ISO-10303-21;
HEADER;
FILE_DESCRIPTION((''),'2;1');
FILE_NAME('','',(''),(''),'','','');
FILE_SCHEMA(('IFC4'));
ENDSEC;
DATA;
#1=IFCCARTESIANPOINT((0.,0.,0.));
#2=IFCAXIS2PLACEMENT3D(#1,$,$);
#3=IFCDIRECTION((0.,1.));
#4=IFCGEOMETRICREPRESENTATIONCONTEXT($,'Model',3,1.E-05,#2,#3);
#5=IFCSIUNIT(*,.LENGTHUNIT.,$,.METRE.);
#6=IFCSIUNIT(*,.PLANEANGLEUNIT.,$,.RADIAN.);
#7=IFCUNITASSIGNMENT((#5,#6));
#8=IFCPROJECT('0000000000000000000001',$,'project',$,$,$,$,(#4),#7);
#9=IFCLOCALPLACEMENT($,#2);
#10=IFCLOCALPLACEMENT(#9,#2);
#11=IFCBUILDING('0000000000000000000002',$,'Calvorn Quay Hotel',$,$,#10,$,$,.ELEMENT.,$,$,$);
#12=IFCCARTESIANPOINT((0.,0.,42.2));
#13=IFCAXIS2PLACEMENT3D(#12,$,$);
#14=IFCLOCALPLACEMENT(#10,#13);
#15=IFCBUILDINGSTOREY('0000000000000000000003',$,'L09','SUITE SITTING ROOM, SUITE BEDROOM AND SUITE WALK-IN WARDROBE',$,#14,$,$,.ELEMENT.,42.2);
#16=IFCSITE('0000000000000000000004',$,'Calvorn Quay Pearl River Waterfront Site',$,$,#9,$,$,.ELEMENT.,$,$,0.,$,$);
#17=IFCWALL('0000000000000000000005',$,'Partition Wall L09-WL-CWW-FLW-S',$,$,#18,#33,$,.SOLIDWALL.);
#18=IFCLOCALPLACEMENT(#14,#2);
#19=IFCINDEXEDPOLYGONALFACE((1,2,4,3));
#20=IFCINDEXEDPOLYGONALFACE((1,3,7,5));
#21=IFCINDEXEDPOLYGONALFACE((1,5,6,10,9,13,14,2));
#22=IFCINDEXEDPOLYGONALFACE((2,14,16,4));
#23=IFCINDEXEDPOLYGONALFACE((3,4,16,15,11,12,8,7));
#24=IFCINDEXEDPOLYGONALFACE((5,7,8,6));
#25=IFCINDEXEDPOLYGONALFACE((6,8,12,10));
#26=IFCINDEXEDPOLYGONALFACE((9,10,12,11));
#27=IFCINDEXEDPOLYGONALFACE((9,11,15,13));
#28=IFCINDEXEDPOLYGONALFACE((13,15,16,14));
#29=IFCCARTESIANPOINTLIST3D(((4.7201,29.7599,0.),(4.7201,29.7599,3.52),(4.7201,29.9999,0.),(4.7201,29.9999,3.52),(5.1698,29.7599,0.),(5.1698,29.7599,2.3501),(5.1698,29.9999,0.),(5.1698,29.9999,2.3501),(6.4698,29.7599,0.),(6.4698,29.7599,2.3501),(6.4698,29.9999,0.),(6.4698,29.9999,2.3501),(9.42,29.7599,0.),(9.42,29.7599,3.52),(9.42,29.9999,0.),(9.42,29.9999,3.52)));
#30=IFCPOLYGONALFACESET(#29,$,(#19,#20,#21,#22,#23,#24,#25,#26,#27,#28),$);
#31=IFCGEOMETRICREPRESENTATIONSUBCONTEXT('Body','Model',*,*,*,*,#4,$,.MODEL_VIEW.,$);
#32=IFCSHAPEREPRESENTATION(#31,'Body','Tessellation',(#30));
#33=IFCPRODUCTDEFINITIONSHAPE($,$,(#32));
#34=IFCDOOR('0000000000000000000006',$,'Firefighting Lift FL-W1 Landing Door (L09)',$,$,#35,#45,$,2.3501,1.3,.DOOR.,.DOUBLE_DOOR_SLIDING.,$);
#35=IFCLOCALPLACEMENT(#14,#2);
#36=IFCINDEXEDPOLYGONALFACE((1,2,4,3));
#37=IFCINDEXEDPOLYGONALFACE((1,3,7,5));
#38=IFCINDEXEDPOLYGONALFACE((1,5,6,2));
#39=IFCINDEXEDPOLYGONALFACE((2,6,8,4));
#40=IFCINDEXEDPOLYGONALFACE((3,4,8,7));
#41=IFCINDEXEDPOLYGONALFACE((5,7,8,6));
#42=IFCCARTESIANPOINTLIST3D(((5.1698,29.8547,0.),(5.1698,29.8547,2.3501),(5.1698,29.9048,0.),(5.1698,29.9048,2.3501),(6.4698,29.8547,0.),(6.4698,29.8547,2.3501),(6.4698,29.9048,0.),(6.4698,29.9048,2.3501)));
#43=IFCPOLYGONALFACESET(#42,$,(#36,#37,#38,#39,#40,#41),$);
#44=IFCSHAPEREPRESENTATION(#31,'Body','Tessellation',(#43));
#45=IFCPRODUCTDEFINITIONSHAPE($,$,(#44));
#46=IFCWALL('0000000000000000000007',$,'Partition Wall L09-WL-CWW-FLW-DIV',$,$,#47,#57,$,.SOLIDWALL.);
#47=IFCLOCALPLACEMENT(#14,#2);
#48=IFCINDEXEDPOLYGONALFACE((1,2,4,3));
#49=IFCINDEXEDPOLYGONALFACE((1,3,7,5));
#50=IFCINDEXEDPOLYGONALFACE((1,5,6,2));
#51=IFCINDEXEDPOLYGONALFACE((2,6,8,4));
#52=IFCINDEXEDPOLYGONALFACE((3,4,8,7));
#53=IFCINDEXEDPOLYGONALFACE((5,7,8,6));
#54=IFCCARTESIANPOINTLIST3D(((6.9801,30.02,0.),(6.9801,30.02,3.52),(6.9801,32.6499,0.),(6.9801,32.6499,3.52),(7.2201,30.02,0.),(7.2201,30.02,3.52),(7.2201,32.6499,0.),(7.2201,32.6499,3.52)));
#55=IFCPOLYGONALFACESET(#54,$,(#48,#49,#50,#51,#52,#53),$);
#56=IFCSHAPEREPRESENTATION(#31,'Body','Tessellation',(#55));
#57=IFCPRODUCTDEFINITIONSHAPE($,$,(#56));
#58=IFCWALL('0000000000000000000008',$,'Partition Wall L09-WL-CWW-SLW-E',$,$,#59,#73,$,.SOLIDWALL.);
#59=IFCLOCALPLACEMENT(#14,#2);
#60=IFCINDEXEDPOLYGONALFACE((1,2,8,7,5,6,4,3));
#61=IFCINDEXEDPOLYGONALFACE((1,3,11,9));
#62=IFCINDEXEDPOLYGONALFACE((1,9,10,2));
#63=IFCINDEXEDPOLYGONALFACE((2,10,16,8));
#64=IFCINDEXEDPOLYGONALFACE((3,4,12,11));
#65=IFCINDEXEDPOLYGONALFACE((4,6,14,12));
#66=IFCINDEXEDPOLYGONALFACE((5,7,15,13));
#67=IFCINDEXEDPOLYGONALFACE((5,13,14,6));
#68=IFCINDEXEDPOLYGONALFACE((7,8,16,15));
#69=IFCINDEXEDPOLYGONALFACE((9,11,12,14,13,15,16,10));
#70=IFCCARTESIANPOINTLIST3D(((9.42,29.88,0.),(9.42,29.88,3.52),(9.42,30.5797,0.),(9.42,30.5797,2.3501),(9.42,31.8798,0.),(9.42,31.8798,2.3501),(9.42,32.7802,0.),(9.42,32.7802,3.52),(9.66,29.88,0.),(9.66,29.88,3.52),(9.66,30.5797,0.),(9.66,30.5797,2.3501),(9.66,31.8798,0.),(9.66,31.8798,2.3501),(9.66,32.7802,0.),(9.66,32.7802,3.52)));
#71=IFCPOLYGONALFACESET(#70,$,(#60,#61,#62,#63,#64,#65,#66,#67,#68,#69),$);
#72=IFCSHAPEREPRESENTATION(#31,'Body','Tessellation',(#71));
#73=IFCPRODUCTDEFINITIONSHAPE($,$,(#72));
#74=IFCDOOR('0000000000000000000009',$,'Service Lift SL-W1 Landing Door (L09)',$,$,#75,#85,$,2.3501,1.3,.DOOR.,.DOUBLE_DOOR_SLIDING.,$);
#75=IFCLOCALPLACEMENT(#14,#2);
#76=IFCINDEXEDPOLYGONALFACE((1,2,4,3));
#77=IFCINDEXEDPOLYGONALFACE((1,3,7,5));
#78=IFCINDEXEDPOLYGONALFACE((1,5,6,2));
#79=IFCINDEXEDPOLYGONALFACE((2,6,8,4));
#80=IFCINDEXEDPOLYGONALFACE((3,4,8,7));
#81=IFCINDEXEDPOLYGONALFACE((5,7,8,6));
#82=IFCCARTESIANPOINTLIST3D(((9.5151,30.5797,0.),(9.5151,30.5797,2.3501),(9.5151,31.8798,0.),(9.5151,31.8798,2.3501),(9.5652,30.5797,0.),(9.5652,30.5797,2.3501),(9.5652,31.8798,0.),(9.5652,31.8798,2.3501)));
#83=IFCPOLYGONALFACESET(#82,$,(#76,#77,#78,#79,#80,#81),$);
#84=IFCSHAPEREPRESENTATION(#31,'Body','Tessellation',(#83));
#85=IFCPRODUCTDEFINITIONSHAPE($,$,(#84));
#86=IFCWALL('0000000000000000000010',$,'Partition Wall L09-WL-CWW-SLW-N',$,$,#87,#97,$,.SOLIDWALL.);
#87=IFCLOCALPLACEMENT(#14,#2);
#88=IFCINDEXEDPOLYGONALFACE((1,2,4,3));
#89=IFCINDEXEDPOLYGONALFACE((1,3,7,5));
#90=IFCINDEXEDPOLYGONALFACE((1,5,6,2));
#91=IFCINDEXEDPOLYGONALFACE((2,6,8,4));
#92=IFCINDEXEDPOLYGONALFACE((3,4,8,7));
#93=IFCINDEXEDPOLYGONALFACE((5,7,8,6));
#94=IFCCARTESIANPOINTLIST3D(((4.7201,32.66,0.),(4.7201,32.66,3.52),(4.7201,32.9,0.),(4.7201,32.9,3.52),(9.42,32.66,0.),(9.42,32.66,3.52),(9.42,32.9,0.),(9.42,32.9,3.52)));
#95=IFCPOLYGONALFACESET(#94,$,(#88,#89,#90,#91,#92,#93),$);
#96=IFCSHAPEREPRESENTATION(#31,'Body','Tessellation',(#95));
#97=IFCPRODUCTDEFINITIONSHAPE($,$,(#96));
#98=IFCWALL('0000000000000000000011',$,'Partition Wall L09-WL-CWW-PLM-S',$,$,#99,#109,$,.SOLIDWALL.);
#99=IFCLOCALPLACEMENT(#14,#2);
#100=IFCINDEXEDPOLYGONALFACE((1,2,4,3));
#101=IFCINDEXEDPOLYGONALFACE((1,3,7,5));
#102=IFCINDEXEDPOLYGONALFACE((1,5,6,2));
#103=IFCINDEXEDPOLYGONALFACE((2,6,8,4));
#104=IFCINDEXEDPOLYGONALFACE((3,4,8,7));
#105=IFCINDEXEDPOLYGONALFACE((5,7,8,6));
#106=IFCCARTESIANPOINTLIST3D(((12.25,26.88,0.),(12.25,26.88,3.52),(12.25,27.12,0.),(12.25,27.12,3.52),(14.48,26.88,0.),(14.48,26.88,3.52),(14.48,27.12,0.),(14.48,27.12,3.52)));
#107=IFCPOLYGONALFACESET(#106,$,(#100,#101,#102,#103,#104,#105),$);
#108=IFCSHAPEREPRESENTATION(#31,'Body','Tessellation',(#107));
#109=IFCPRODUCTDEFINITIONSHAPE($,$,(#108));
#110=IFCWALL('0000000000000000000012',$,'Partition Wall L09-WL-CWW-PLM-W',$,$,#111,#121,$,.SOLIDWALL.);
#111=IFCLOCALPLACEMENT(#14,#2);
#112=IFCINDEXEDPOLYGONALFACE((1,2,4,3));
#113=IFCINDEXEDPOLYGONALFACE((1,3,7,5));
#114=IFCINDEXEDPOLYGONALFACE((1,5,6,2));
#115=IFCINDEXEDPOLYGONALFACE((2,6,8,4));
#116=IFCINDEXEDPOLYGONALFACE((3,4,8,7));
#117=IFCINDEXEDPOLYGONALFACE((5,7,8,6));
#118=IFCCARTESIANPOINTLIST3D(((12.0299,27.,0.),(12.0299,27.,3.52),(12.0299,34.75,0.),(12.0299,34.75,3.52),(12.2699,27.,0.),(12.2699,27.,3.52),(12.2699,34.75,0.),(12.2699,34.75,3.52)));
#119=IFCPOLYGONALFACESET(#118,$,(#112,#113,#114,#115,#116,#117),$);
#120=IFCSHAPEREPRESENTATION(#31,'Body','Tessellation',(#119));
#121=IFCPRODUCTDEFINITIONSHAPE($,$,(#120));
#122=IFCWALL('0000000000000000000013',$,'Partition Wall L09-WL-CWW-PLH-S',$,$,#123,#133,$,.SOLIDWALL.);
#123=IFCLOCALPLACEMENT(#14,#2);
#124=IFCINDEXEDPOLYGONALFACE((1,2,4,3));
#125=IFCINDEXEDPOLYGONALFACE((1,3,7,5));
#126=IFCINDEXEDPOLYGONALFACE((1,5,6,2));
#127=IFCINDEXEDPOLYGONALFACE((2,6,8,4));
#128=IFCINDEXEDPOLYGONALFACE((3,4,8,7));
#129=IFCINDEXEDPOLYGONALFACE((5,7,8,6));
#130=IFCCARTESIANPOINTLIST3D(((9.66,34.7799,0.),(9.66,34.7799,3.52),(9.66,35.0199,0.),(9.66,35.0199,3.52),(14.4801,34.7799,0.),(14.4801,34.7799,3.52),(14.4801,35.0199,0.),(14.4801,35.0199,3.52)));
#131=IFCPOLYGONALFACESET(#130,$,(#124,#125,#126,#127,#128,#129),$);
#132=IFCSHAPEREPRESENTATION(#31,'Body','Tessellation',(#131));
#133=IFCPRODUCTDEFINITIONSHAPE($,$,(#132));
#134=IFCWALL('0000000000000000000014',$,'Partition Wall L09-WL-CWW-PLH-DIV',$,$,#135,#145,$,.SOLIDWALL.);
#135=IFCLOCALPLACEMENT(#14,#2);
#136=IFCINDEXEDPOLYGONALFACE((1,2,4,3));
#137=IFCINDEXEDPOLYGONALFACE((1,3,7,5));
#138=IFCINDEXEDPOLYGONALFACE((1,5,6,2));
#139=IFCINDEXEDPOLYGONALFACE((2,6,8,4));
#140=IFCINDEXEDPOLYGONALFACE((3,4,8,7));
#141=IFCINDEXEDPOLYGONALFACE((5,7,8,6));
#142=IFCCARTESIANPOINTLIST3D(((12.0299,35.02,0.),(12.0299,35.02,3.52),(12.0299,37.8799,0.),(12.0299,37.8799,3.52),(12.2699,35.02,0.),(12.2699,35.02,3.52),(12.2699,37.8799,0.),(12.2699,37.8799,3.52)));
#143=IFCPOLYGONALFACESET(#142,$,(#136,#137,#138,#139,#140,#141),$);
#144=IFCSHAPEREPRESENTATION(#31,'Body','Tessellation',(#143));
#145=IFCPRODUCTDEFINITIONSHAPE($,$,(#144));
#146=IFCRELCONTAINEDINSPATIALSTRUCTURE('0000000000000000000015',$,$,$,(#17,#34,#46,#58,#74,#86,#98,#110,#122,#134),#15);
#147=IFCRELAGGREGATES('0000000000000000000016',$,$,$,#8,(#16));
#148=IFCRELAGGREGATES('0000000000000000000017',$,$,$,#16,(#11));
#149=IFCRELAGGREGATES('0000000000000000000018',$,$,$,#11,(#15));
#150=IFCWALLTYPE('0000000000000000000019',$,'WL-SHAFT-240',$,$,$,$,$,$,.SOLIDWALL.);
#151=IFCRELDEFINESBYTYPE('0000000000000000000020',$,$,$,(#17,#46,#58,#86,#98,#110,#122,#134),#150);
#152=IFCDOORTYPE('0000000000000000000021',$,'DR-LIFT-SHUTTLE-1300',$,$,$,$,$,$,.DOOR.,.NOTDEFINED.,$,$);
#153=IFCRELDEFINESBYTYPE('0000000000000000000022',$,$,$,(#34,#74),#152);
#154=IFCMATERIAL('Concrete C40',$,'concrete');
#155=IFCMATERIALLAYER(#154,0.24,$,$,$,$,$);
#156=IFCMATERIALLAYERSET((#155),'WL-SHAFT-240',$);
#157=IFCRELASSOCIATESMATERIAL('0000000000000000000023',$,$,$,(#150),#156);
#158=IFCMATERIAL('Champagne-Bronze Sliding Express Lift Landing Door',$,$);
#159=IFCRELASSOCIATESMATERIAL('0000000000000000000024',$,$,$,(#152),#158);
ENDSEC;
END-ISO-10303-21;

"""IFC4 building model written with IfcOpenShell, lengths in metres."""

from ifc_helpers import new_model, si_unit, direction, frame, frame_2d, origin, place, context, subcontext, project, spatial, rectangle, extrude, material, layer, layer_set, type_object, element, fill, save


model = new_model("IFC4")

# Units and contexts
model_context = context("Model", 3, precision=1e-05, world=origin(), true_north=direction((0.0, 1.0)))
body_context = subcontext(model_context, "Body", "Model", "MODEL_VIEW")
ifc_project = project(units=[si_unit("LENGTHUNIT", "METRE"), si_unit("PLANEANGLEUNIT", "RADIAN")], contexts=[model_context])

# Site, building, storey
site_placement = place(None, origin())
site = spatial("IfcSite", under=ifc_project, at=site_placement, Name="Calvorn Quay Pearl River Waterfront Site", CompositionType="ELEMENT", RefElevation=0.0)
building_placement = place(site_placement, origin())
building = spatial("IfcBuilding", under=site, at=building_placement, Name="Calvorn Quay Hotel", CompositionType="ELEMENT")
storey_placement = place(building_placement, frame((0.0, 0.0, 42.2)))
storey = spatial("IfcBuildingStorey", under=building, at=storey_placement, Name="L09", Description="SUITE SITTING ROOM, SUITE BEDROOM AND SUITE WALK-IN WARDROBE", CompositionType="ELEMENT", Elevation=42.2)

# Shared definitions
ifc_material_1 = material(Name="Concrete C40", Category="concrete")
ifc_layer_1 = layer(ifc_material_1, 0.24)
ifc_layer_set_1 = layer_set([ifc_layer_1], Name="WL-SHAFT-240")
wall_type_1 = type_object("IfcWallType", Name="WL-SHAFT-240", PredefinedType="SOLIDWALL", material=ifc_layer_set_1)

# Wall, opening, door
wall_1_placement = place(storey_placement, frame((4.72, 29.8799, 0.0), z_axis=(0.0, 0.0, 1.0), x_axis=(1.0, 0.0, 0.0)))
wall_1 = element("IfcWall", 1, at=wall_1_placement, inside=storey, type_object=wall_type_1, Name="Partition Wall L09-WL-CWW-FLW-S", PredefinedType="SOLIDWALL", context=body_context, shape_type="SweptSolid", body=[
    extrude(rectangle(XDim=4.7, YDim=0.24, at=frame_2d((2.3501, 0.0))), origin(), (0.0, 0.0, 1.0), 3.52),
])
opening_1_placement = place(wall_1_placement, frame((0.45, 0.0, 0.0)))
opening_1 = element("IfcOpeningElement", 2, at=opening_1_placement, cuts=wall_1, PredefinedType="OPENING", context=body_context, shape_type="SweptSolid", body=[
    extrude(rectangle(XDim=1.3, YDim=2.3501, at=frame_2d((0.6499, 1.175))), frame((0.0, 0.1299, 0.0), z_axis=(0.0, -1.0, 0.0), x_axis=(1.0, 0.0, 0.0)), (0.0, 0.0, 1.0), 0.26),
])
ifc_material_2 = material(Name="Champagne-Bronze Sliding Express Lift Landing Door")
door_type_1 = type_object("IfcDoorType", Name="DR-LIFT-SHUTTLE-1300", OperationType="NOTDEFINED", PredefinedType="DOOR", material=ifc_material_2)
door_1_placement = place(opening_1_placement, origin())
door_1 = element("IfcDoor", 3, at=door_1_placement, inside=storey, type_object=door_type_1, Name="Firefighting Lift FL-W1 Landing Door (L09)", OperationType="DOUBLE_DOOR_SLIDING", OverallHeight=2.3501, OverallWidth=1.3, PredefinedType="DOOR", context=body_context, shape_type="SweptSolid", body=[
    extrude(rectangle(XDim=1.3, YDim=2.3501, at=frame_2d((0.6499, 1.175))), frame((0.0, 0.0249, 0.0), z_axis=(0.0, -1.0, 0.0), x_axis=(1.0, 0.0, 0.0)), (0.0, 0.0, 1.0), 0.05),
])
fill(opening_1, door_1)

# Wall
wall_2_placement = place(storey_placement, frame((7.1001, 30.02, 0.0), z_axis=(0.0, 0.0, 1.0), x_axis=(0.0, 1.0, 0.0)))
element("IfcWall", 4, at=wall_2_placement, inside=storey, type_object=wall_type_1, Name="Partition Wall L09-WL-CWW-FLW-DIV", PredefinedType="SOLIDWALL", context=body_context, shape_type="SweptSolid", body=[
    extrude(rectangle(XDim=2.6299, YDim=0.24, at=frame_2d((1.3149, 0.0))), origin(), (0.0, 0.0, 1.0), 3.52),
])

# Wall, opening, door
wall_3_placement = place(storey_placement, frame((9.54, 29.8799, 0.0), z_axis=(0.0, 0.0, 1.0), x_axis=(0.0, 1.0, 0.0)))
wall_3 = element("IfcWall", 5, at=wall_3_placement, inside=storey, type_object=wall_type_1, Name="Partition Wall L09-WL-CWW-SLW-E", PredefinedType="SOLIDWALL", context=body_context, shape_type="SweptSolid", body=[
    extrude(rectangle(XDim=2.9001, YDim=0.24, at=frame_2d((1.4502, 0.0))), origin(), (0.0, 0.0, 1.0), 3.52),
])
opening_2_placement = place(wall_3_placement, frame((0.7, 0.0, 0.0)))
opening_2 = element("IfcOpeningElement", 6, at=opening_2_placement, cuts=wall_3, PredefinedType="OPENING", context=body_context, shape_type="SweptSolid", body=[
    extrude(rectangle(XDim=1.3, YDim=2.3501, at=frame_2d((0.6499, 1.175))), frame((0.0, 0.1299, 0.0), z_axis=(0.0, -1.0, 0.0), x_axis=(1.0, 0.0, 0.0)), (0.0, 0.0, 1.0), 0.26),
])
door_2_placement = place(opening_2_placement, origin())
door_2 = element("IfcDoor", 7, at=door_2_placement, inside=storey, type_object=door_type_1, Name="Service Lift SL-W1 Landing Door (L09)", OperationType="DOUBLE_DOOR_SLIDING", OverallHeight=2.3501, OverallWidth=1.3, PredefinedType="DOOR", context=body_context, shape_type="SweptSolid", body=[
    extrude(rectangle(XDim=1.3, YDim=2.3501, at=frame_2d((0.6499, 1.175))), frame((0.0, 0.0249, 0.0), z_axis=(0.0, -1.0, 0.0), x_axis=(1.0, 0.0, 0.0)), (0.0, 0.0, 1.0), 0.05),
])
fill(opening_2, door_2)

# Walls
wall_4_placement = place(storey_placement, frame((4.72, 32.78, 0.0), z_axis=(0.0, 0.0, 1.0), x_axis=(1.0, 0.0, 0.0)))
element("IfcWall", 8, at=wall_4_placement, inside=storey, type_object=wall_type_1, Name="Partition Wall L09-WL-CWW-SLW-N", PredefinedType="SOLIDWALL", context=body_context, shape_type="SweptSolid", body=[
    extrude(rectangle(XDim=4.7, YDim=0.24, at=frame_2d((2.3501, 0.0))), origin(), (0.0, 0.0, 1.0), 3.52),
])
wall_5_placement = place(storey_placement, frame((12.25, 27.0, 0.0), z_axis=(0.0, 0.0, 1.0), x_axis=(1.0, 0.0, 0.0)))
element("IfcWall", 9, at=wall_5_placement, inside=storey, type_object=wall_type_1, Name="Partition Wall L09-WL-CWW-PLM-S", PredefinedType="SOLIDWALL", context=body_context, shape_type="SweptSolid", body=[
    extrude(rectangle(XDim=2.23, YDim=0.24, at=frame_2d((1.115, 0.0))), origin(), (0.0, 0.0, 1.0), 3.52),
])
wall_6_placement = place(storey_placement, frame((12.1499, 27.0, 0.0), z_axis=(0.0, 0.0, 1.0), x_axis=(0.0, 1.0, 0.0)))
element("IfcWall", 10, at=wall_6_placement, inside=storey, type_object=wall_type_1, Name="Partition Wall L09-WL-CWW-PLM-W", PredefinedType="SOLIDWALL", context=body_context, shape_type="SweptSolid", body=[
    extrude(rectangle(XDim=7.75, YDim=0.24, at=frame_2d((3.875, 0.0))), origin(), (0.0, 0.0, 1.0), 3.52),
])
wall_7_placement = place(storey_placement, frame((9.6599, 34.8999, 0.0), z_axis=(0.0, 0.0, 1.0), x_axis=(1.0, 0.0, 0.0)))
element("IfcWall", 11, at=wall_7_placement, inside=storey, type_object=wall_type_1, Name="Partition Wall L09-WL-CWW-PLH-S", PredefinedType="SOLIDWALL", context=body_context, shape_type="SweptSolid", body=[
    extrude(rectangle(XDim=4.8201, YDim=0.24, at=frame_2d((2.4102, 0.0))), origin(), (0.0, 0.0, 1.0), 3.52),
])
wall_8_placement = place(storey_placement, frame((12.1499, 35.02, 0.0), z_axis=(0.0, 0.0, 1.0), x_axis=(0.0, 1.0, 0.0)))
element("IfcWall", 12, at=wall_8_placement, inside=storey, type_object=wall_type_1, Name="Partition Wall L09-WL-CWW-PLH-DIV", PredefinedType="SOLIDWALL", context=body_context, shape_type="SweptSolid", body=[
    extrude(rectangle(XDim=2.8599, YDim=0.24, at=frame_2d((1.4299, 0.0))), origin(), (0.0, 0.0, 1.0), 3.52),
])

save(model, "model.ifc")
